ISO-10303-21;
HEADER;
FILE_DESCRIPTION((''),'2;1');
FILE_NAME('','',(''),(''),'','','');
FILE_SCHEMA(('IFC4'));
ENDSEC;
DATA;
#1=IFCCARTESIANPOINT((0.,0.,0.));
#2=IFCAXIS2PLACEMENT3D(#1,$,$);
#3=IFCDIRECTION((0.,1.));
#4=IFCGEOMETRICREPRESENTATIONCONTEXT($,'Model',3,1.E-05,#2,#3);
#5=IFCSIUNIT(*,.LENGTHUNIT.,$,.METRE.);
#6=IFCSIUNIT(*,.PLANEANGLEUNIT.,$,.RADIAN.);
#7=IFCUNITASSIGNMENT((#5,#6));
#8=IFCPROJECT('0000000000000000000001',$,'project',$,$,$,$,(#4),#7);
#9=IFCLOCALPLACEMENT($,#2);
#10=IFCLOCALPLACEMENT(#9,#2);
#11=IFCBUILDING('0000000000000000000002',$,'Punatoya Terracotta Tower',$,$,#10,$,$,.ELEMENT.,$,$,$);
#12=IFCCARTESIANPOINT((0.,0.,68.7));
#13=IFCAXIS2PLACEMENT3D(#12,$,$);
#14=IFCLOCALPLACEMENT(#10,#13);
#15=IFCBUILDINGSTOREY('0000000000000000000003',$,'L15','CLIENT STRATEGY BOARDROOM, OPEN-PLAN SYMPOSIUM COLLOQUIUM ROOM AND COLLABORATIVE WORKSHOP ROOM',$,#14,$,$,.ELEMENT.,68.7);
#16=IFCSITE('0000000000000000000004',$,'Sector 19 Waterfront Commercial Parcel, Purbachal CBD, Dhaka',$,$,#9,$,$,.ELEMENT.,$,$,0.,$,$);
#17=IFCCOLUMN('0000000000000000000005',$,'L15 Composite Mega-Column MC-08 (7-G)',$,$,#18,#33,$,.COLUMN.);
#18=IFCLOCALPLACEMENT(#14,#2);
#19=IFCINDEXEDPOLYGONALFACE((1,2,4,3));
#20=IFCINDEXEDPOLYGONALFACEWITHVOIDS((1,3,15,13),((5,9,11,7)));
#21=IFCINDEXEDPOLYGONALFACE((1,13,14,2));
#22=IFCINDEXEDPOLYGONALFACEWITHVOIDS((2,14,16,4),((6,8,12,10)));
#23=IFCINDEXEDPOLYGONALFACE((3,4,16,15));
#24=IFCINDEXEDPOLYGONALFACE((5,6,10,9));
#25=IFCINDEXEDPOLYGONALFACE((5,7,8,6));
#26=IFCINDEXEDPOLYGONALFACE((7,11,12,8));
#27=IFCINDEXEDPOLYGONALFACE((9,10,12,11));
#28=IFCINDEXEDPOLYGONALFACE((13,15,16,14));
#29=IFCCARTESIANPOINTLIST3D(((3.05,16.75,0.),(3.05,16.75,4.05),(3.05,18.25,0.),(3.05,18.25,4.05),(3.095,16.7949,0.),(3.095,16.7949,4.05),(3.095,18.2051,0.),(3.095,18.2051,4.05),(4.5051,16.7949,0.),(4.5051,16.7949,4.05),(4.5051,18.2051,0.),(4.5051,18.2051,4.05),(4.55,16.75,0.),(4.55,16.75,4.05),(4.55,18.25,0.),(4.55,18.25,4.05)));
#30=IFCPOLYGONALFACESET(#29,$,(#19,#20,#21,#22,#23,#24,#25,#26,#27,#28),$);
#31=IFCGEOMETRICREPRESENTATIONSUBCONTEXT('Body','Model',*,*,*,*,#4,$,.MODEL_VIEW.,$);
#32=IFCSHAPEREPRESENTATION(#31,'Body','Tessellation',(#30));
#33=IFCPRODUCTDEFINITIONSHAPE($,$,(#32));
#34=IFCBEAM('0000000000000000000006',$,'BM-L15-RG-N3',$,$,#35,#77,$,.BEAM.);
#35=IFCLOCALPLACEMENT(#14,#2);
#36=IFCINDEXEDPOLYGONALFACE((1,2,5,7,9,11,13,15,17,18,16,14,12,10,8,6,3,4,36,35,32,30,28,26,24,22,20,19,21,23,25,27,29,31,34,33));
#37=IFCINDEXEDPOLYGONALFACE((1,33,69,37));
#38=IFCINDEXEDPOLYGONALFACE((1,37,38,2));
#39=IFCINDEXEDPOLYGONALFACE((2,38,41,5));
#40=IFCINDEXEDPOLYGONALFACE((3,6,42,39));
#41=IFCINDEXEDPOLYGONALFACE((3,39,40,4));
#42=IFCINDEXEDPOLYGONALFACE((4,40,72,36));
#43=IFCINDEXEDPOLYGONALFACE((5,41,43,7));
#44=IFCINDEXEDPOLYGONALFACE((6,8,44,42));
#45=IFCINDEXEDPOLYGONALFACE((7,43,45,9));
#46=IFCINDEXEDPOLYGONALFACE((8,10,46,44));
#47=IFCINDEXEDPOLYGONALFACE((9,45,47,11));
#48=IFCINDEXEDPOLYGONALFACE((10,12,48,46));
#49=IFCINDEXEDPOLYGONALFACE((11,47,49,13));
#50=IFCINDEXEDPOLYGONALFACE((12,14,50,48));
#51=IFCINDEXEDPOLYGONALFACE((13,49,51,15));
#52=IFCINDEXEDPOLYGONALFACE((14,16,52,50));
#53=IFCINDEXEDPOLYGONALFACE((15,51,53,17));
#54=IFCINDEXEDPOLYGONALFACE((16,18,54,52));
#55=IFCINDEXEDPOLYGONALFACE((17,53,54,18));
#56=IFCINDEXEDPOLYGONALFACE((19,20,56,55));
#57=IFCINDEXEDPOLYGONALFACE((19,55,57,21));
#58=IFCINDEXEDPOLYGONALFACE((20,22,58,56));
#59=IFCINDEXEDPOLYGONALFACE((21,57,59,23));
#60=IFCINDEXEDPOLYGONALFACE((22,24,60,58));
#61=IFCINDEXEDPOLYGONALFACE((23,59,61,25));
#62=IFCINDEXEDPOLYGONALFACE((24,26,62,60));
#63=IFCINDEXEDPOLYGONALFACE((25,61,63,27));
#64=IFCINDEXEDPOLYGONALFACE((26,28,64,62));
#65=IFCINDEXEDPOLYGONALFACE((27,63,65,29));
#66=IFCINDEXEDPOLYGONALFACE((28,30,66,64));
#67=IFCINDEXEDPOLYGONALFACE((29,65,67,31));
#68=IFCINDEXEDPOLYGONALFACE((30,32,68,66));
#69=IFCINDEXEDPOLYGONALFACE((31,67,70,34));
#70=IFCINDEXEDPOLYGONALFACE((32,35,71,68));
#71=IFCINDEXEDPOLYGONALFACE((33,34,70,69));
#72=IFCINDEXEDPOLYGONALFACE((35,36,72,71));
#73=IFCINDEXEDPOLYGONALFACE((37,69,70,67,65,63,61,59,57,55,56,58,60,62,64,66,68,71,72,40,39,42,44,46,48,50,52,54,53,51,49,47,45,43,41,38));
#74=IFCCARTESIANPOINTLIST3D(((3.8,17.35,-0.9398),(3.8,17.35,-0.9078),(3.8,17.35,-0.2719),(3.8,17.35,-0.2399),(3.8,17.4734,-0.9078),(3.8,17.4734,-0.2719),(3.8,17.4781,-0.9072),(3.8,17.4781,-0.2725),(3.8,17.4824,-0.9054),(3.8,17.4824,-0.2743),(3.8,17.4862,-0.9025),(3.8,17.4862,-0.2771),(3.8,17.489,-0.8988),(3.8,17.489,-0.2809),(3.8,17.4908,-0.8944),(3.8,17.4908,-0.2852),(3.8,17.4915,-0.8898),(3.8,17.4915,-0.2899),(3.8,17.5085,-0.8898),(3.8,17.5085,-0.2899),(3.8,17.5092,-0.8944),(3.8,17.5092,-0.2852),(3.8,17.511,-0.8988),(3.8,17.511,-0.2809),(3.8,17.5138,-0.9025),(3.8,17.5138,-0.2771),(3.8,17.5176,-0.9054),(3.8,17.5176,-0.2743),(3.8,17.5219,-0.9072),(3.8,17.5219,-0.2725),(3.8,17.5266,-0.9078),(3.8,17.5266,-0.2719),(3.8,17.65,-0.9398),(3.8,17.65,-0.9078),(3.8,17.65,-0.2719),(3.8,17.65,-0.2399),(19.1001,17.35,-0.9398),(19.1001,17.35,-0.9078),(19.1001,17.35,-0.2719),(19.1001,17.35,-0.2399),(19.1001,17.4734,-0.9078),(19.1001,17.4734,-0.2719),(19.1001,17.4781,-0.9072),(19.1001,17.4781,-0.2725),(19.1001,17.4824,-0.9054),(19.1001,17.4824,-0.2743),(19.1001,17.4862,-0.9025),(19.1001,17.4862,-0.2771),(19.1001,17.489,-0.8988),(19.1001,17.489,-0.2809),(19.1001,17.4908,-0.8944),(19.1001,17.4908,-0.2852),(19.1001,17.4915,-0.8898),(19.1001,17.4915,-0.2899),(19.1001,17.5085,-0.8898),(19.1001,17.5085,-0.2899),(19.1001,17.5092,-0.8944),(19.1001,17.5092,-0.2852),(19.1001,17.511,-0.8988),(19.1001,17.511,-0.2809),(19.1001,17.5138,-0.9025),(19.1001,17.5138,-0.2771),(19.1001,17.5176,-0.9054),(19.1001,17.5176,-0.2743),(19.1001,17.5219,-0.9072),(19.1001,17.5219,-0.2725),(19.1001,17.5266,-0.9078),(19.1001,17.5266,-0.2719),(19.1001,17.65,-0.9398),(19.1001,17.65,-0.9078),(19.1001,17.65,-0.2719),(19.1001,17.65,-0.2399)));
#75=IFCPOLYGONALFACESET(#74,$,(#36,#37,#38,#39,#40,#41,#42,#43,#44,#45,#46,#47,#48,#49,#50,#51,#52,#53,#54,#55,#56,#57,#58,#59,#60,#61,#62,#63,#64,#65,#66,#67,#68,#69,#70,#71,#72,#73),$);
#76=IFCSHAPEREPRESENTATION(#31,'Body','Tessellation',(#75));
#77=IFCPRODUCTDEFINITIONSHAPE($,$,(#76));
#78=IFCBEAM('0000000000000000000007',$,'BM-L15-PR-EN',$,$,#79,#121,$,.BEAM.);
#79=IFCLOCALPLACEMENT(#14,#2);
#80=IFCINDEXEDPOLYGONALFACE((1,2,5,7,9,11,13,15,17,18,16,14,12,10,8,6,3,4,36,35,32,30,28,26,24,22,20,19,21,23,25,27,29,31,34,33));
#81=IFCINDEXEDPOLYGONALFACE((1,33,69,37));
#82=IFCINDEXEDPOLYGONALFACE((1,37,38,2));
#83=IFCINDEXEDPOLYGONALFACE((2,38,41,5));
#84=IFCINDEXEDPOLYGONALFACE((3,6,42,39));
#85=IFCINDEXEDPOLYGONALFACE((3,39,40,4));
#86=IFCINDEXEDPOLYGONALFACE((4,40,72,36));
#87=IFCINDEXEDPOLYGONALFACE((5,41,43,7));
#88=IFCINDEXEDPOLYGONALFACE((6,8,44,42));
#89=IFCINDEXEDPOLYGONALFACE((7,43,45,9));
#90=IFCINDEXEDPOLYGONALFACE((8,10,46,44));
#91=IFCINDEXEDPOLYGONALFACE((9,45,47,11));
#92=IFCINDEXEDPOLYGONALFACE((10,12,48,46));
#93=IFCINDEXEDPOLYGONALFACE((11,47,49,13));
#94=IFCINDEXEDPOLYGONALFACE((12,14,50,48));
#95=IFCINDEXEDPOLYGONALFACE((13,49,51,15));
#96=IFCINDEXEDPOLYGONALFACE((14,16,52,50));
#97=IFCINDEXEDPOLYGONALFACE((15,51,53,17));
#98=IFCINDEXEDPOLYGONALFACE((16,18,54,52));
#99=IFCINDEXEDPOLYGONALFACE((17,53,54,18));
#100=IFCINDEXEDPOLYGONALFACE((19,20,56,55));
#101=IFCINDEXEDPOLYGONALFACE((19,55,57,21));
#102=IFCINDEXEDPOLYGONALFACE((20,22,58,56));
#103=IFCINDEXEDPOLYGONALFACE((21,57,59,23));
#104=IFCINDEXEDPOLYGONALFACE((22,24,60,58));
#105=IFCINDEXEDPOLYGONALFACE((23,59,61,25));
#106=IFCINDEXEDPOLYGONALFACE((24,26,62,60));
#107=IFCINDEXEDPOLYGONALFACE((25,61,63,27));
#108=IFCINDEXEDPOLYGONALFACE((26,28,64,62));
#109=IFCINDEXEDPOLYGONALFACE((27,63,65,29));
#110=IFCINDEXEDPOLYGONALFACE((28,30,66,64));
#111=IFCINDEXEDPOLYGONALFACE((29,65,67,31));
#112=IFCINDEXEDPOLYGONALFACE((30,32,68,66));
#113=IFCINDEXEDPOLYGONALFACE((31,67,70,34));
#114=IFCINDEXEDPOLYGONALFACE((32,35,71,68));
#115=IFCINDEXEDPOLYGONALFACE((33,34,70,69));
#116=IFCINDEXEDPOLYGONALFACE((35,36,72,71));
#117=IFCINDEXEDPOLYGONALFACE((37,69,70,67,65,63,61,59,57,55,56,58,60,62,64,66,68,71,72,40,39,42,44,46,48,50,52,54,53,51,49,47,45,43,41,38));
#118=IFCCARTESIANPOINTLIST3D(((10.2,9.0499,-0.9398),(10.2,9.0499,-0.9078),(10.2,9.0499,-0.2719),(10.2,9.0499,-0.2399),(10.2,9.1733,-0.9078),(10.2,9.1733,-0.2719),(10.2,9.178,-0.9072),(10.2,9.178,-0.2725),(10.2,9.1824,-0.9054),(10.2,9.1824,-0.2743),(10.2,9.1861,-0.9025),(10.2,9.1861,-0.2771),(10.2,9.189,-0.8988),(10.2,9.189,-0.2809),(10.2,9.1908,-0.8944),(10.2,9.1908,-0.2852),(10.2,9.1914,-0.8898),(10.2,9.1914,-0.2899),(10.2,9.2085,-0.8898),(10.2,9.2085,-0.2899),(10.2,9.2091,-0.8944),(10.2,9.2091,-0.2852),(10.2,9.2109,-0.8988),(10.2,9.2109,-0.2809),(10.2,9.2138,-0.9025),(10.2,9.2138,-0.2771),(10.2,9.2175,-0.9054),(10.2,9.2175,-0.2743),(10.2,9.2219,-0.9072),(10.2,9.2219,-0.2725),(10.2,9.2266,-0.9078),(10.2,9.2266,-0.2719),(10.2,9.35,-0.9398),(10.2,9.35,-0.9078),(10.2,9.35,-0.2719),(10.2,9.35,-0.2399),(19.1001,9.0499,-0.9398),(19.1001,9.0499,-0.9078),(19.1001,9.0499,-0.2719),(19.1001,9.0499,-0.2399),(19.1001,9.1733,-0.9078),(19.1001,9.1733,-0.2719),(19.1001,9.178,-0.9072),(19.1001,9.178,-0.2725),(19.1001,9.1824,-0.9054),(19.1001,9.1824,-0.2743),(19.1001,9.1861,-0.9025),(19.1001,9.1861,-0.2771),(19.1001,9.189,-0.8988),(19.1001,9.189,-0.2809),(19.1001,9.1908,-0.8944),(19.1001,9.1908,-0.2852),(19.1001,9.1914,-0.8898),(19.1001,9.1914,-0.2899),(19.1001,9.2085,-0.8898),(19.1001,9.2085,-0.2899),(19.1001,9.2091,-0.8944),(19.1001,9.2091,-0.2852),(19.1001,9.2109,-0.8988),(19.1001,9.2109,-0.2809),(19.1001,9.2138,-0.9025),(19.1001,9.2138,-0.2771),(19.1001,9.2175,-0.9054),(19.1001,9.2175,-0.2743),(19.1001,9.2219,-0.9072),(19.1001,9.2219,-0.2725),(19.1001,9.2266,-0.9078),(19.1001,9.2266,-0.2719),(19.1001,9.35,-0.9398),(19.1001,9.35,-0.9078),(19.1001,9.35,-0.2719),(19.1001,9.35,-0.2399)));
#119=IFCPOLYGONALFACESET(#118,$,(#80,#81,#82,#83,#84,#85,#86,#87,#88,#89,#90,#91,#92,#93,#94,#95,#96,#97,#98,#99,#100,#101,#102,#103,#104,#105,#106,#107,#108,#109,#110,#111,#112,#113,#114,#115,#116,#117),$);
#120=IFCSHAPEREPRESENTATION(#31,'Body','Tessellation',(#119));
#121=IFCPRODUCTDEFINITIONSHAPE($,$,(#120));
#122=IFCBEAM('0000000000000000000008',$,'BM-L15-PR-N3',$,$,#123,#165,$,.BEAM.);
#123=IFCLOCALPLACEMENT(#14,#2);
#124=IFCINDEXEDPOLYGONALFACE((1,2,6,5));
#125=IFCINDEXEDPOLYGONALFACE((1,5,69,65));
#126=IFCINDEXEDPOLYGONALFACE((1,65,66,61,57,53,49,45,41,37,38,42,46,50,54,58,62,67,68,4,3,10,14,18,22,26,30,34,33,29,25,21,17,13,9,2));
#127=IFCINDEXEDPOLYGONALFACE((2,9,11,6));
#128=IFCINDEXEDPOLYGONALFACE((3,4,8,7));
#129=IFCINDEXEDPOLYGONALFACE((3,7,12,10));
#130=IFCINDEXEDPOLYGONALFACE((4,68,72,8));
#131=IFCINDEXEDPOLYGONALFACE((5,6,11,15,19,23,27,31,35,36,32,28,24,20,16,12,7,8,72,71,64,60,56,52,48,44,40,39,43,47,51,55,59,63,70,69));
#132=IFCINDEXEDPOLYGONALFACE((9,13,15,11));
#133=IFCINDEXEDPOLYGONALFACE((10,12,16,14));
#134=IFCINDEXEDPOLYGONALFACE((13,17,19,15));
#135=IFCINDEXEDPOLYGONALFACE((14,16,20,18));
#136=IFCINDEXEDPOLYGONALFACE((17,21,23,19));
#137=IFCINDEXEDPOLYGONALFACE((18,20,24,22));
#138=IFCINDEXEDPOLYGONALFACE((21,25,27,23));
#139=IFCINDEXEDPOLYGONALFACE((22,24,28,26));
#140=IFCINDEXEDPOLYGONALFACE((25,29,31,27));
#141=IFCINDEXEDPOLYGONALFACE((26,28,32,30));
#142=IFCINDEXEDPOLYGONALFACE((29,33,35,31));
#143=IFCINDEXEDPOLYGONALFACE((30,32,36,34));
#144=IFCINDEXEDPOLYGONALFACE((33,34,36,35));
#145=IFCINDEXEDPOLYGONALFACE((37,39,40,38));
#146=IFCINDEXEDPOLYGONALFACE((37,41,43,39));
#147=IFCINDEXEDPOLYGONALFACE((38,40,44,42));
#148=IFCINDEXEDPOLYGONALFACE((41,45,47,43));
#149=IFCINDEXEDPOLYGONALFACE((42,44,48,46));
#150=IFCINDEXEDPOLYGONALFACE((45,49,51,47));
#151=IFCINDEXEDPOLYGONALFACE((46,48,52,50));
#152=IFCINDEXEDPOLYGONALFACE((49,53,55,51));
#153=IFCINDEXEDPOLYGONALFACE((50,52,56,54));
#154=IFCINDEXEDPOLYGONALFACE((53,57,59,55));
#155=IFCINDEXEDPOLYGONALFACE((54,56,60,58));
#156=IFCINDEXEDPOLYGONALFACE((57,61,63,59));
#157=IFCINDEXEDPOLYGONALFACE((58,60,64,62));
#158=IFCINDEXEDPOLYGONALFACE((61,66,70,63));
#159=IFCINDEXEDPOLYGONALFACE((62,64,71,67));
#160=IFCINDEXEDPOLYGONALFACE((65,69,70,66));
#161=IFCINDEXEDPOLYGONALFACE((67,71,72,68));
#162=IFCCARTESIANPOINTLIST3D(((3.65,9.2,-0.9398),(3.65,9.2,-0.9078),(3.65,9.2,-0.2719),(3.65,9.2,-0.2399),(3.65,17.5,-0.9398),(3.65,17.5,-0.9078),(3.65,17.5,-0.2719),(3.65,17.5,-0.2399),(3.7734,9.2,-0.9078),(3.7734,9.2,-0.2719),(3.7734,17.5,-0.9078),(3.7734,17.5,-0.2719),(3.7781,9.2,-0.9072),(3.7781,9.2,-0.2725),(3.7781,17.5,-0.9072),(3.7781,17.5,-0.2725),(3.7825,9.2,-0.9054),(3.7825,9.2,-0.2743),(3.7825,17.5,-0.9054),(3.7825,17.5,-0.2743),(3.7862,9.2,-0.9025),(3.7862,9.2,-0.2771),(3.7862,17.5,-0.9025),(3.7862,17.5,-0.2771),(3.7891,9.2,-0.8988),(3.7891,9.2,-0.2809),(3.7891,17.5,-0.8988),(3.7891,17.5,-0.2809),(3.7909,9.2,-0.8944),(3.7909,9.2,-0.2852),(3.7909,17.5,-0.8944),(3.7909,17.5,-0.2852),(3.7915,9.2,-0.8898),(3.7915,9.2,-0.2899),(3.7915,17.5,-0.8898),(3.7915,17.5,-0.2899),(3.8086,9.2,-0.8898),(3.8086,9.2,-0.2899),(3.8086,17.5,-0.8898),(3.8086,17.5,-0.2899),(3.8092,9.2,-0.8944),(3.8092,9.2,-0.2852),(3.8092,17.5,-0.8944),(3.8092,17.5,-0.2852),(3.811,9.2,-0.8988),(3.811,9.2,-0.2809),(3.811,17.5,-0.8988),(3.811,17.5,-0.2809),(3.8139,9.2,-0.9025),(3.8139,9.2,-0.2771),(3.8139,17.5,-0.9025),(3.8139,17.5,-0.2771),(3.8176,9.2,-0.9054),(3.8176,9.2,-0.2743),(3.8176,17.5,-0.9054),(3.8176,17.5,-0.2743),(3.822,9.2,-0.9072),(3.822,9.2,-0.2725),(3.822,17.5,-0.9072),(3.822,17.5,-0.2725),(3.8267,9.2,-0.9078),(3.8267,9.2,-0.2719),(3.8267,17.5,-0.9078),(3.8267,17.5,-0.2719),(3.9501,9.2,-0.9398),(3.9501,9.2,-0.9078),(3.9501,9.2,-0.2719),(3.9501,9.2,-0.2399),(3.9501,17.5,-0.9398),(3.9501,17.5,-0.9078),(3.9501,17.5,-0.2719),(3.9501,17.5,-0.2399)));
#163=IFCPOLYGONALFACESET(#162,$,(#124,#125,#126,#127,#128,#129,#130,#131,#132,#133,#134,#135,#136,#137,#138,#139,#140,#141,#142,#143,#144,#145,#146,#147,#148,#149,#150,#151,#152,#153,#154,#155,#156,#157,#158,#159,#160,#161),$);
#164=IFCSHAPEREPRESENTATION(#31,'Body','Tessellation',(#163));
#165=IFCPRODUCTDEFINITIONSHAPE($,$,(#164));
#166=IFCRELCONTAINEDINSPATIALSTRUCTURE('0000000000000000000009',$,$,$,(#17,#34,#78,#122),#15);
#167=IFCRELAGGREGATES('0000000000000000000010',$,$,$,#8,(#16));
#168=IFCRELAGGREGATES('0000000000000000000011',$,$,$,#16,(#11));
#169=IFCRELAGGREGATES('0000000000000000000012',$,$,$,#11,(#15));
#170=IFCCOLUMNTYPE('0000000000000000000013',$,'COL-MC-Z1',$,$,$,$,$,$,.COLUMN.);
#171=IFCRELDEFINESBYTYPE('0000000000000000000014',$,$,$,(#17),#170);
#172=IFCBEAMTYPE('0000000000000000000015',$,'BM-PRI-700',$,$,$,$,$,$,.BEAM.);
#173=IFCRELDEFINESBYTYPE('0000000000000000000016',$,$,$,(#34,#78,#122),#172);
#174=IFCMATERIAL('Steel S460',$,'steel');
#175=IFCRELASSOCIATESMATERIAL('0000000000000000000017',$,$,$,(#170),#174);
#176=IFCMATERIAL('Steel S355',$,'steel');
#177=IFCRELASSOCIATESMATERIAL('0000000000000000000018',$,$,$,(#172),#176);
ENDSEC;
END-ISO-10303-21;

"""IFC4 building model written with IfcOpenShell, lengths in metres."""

from ifc_helpers import new_model, si_unit, direction, frame, origin, origin_2d, place, context, subcontext, project, spatial, hollow_rectangle, i_section, extrude, material, material_profile, profile_set, type_object, element, save


model = new_model("IFC4")

# Units and contexts
model_context = context("Model", 3, precision=1e-05, world=origin(), true_north=direction((0.0, 1.0)))
body_context = subcontext(model_context, "Body", "Model", "MODEL_VIEW")
ifc_project = project(units=[si_unit("LENGTHUNIT", "METRE"), si_unit("PLANEANGLEUNIT", "RADIAN")], contexts=[model_context])

# Site, building, storey
site_placement = place(None, origin())
site = spatial("IfcSite", under=ifc_project, at=site_placement, Name="Sector 19 Waterfront Commercial Parcel, Purbachal CBD, Dhaka", CompositionType="ELEMENT", RefElevation=0.0)
building_placement = place(site_placement, origin())
building = spatial("IfcBuilding", under=site, at=building_placement, Name="Punatoya Terracotta Tower", CompositionType="ELEMENT")
storey_placement = place(building_placement, frame((0.0, 0.0, 68.7)))
storey = spatial("IfcBuildingStorey", under=building, at=storey_placement, Name="L15", Description="CLIENT STRATEGY BOARDROOM, OPEN-PLAN SYMPOSIUM COLLOQUIUM ROOM AND COLLABORATIVE WORKSHOP ROOM", CompositionType="ELEMENT", Elevation=68.7)

# Column
ifc_material_1 = material(Name="Steel S460", Category="steel")
ifc_material_profile_1 = material_profile(ifc_material_1, hollow_rectangle(XDim=1.5, YDim=1.5, WallThickness=0.0449, at=origin_2d()))
ifc_profile_set_1 = profile_set([ifc_material_profile_1], Name="Steel S460")
column_type = type_object("IfcColumnType", Name="COL-MC-Z1", PredefinedType="COLUMN", material=ifc_profile_set_1)
column_placement = place(storey_placement, frame((3.8, 17.5, 0.0), z_axis=(0.0, 0.0, 1.0), x_axis=(1.0, 0.0, 0.0)))
element("IfcColumn", 1, at=column_placement, inside=storey, type_object=column_type, Name="L15 Composite Mega-Column MC-08 (7-G)", PredefinedType="COLUMN", context=body_context, shape_type="SweptSolid", body=[
    extrude(hollow_rectangle(XDim=1.5, YDim=1.5, WallThickness=0.0449, at=origin_2d()), origin(), (0.0, 0.0, 1.0), 4.05),
])

# Beams
ifc_material_2 = material(Name="Steel S355", Category="steel")
ifc_material_profile_2 = material_profile(ifc_material_2, i_section(OverallWidth=0.3, OverallDepth=0.7, WebThickness=0.0171, FlangeThickness=0.032, FilletRadius=0.0181, at=origin_2d()))
ifc_profile_set_2 = profile_set([ifc_material_profile_2], Name="Steel S355")
beam_type_1 = type_object("IfcBeamType", Name="BM-PRI-700", PredefinedType="BEAM", material=ifc_profile_set_2)
beam_1_placement = place(storey_placement, frame((3.8, 17.5, -0.5898), z_axis=(1.0, 0.0, 0.0), x_axis=(0.0, 1.0, 0.0)))
element("IfcBeam", 2, at=beam_1_placement, inside=storey, type_object=beam_type_1, Name="BM-L15-RG-N3", PredefinedType="BEAM", context=body_context, shape_type="SweptSolid", body=[
    extrude(i_section(OverallWidth=0.3, OverallDepth=0.7, WebThickness=0.0171, FlangeThickness=0.032, FilletRadius=0.0181, at=origin_2d()), origin(), (0.0, 0.0, 1.0), 15.3),
])
beam_2_placement = place(storey_placement, frame((10.2, 9.2, -0.5898), z_axis=(1.0, 0.0, 0.0), x_axis=(0.0, 1.0, 0.0)))
element("IfcBeam", 3, at=beam_2_placement, inside=storey, type_object=beam_type_1, Name="BM-L15-PR-EN", PredefinedType="BEAM", context=body_context, shape_type="SweptSolid", body=[
    extrude(i_section(OverallWidth=0.3, OverallDepth=0.7, WebThickness=0.0171, FlangeThickness=0.032, FilletRadius=0.0181, at=origin_2d()), origin(), (0.0, 0.0, 1.0), 8.9001),
])
for number, where, z_axis, x_axis, name in (
    (4, (3.8, 9.2, -0.5898), (0.0, 1.0, 0.0), (-1.0, 0.0, 0.0), "BM-L15-PR-N3"),
):
    element("IfcBeam", number, at=place(storey_placement, frame(where, z_axis=z_axis, x_axis=x_axis)), inside=storey, type_object=beam_type_1, Name=name, PredefinedType="BEAM", context=body_context, shape_type="SweptSolid", body=[
        extrude(i_section(OverallWidth=0.3, OverallDepth=0.7, WebThickness=0.0171, FlangeThickness=0.032, FilletRadius=0.0181, at=origin_2d()), origin(), (0.0, 0.0, 1.0), 8.3),
    ])

save(model, "model.ifc")
